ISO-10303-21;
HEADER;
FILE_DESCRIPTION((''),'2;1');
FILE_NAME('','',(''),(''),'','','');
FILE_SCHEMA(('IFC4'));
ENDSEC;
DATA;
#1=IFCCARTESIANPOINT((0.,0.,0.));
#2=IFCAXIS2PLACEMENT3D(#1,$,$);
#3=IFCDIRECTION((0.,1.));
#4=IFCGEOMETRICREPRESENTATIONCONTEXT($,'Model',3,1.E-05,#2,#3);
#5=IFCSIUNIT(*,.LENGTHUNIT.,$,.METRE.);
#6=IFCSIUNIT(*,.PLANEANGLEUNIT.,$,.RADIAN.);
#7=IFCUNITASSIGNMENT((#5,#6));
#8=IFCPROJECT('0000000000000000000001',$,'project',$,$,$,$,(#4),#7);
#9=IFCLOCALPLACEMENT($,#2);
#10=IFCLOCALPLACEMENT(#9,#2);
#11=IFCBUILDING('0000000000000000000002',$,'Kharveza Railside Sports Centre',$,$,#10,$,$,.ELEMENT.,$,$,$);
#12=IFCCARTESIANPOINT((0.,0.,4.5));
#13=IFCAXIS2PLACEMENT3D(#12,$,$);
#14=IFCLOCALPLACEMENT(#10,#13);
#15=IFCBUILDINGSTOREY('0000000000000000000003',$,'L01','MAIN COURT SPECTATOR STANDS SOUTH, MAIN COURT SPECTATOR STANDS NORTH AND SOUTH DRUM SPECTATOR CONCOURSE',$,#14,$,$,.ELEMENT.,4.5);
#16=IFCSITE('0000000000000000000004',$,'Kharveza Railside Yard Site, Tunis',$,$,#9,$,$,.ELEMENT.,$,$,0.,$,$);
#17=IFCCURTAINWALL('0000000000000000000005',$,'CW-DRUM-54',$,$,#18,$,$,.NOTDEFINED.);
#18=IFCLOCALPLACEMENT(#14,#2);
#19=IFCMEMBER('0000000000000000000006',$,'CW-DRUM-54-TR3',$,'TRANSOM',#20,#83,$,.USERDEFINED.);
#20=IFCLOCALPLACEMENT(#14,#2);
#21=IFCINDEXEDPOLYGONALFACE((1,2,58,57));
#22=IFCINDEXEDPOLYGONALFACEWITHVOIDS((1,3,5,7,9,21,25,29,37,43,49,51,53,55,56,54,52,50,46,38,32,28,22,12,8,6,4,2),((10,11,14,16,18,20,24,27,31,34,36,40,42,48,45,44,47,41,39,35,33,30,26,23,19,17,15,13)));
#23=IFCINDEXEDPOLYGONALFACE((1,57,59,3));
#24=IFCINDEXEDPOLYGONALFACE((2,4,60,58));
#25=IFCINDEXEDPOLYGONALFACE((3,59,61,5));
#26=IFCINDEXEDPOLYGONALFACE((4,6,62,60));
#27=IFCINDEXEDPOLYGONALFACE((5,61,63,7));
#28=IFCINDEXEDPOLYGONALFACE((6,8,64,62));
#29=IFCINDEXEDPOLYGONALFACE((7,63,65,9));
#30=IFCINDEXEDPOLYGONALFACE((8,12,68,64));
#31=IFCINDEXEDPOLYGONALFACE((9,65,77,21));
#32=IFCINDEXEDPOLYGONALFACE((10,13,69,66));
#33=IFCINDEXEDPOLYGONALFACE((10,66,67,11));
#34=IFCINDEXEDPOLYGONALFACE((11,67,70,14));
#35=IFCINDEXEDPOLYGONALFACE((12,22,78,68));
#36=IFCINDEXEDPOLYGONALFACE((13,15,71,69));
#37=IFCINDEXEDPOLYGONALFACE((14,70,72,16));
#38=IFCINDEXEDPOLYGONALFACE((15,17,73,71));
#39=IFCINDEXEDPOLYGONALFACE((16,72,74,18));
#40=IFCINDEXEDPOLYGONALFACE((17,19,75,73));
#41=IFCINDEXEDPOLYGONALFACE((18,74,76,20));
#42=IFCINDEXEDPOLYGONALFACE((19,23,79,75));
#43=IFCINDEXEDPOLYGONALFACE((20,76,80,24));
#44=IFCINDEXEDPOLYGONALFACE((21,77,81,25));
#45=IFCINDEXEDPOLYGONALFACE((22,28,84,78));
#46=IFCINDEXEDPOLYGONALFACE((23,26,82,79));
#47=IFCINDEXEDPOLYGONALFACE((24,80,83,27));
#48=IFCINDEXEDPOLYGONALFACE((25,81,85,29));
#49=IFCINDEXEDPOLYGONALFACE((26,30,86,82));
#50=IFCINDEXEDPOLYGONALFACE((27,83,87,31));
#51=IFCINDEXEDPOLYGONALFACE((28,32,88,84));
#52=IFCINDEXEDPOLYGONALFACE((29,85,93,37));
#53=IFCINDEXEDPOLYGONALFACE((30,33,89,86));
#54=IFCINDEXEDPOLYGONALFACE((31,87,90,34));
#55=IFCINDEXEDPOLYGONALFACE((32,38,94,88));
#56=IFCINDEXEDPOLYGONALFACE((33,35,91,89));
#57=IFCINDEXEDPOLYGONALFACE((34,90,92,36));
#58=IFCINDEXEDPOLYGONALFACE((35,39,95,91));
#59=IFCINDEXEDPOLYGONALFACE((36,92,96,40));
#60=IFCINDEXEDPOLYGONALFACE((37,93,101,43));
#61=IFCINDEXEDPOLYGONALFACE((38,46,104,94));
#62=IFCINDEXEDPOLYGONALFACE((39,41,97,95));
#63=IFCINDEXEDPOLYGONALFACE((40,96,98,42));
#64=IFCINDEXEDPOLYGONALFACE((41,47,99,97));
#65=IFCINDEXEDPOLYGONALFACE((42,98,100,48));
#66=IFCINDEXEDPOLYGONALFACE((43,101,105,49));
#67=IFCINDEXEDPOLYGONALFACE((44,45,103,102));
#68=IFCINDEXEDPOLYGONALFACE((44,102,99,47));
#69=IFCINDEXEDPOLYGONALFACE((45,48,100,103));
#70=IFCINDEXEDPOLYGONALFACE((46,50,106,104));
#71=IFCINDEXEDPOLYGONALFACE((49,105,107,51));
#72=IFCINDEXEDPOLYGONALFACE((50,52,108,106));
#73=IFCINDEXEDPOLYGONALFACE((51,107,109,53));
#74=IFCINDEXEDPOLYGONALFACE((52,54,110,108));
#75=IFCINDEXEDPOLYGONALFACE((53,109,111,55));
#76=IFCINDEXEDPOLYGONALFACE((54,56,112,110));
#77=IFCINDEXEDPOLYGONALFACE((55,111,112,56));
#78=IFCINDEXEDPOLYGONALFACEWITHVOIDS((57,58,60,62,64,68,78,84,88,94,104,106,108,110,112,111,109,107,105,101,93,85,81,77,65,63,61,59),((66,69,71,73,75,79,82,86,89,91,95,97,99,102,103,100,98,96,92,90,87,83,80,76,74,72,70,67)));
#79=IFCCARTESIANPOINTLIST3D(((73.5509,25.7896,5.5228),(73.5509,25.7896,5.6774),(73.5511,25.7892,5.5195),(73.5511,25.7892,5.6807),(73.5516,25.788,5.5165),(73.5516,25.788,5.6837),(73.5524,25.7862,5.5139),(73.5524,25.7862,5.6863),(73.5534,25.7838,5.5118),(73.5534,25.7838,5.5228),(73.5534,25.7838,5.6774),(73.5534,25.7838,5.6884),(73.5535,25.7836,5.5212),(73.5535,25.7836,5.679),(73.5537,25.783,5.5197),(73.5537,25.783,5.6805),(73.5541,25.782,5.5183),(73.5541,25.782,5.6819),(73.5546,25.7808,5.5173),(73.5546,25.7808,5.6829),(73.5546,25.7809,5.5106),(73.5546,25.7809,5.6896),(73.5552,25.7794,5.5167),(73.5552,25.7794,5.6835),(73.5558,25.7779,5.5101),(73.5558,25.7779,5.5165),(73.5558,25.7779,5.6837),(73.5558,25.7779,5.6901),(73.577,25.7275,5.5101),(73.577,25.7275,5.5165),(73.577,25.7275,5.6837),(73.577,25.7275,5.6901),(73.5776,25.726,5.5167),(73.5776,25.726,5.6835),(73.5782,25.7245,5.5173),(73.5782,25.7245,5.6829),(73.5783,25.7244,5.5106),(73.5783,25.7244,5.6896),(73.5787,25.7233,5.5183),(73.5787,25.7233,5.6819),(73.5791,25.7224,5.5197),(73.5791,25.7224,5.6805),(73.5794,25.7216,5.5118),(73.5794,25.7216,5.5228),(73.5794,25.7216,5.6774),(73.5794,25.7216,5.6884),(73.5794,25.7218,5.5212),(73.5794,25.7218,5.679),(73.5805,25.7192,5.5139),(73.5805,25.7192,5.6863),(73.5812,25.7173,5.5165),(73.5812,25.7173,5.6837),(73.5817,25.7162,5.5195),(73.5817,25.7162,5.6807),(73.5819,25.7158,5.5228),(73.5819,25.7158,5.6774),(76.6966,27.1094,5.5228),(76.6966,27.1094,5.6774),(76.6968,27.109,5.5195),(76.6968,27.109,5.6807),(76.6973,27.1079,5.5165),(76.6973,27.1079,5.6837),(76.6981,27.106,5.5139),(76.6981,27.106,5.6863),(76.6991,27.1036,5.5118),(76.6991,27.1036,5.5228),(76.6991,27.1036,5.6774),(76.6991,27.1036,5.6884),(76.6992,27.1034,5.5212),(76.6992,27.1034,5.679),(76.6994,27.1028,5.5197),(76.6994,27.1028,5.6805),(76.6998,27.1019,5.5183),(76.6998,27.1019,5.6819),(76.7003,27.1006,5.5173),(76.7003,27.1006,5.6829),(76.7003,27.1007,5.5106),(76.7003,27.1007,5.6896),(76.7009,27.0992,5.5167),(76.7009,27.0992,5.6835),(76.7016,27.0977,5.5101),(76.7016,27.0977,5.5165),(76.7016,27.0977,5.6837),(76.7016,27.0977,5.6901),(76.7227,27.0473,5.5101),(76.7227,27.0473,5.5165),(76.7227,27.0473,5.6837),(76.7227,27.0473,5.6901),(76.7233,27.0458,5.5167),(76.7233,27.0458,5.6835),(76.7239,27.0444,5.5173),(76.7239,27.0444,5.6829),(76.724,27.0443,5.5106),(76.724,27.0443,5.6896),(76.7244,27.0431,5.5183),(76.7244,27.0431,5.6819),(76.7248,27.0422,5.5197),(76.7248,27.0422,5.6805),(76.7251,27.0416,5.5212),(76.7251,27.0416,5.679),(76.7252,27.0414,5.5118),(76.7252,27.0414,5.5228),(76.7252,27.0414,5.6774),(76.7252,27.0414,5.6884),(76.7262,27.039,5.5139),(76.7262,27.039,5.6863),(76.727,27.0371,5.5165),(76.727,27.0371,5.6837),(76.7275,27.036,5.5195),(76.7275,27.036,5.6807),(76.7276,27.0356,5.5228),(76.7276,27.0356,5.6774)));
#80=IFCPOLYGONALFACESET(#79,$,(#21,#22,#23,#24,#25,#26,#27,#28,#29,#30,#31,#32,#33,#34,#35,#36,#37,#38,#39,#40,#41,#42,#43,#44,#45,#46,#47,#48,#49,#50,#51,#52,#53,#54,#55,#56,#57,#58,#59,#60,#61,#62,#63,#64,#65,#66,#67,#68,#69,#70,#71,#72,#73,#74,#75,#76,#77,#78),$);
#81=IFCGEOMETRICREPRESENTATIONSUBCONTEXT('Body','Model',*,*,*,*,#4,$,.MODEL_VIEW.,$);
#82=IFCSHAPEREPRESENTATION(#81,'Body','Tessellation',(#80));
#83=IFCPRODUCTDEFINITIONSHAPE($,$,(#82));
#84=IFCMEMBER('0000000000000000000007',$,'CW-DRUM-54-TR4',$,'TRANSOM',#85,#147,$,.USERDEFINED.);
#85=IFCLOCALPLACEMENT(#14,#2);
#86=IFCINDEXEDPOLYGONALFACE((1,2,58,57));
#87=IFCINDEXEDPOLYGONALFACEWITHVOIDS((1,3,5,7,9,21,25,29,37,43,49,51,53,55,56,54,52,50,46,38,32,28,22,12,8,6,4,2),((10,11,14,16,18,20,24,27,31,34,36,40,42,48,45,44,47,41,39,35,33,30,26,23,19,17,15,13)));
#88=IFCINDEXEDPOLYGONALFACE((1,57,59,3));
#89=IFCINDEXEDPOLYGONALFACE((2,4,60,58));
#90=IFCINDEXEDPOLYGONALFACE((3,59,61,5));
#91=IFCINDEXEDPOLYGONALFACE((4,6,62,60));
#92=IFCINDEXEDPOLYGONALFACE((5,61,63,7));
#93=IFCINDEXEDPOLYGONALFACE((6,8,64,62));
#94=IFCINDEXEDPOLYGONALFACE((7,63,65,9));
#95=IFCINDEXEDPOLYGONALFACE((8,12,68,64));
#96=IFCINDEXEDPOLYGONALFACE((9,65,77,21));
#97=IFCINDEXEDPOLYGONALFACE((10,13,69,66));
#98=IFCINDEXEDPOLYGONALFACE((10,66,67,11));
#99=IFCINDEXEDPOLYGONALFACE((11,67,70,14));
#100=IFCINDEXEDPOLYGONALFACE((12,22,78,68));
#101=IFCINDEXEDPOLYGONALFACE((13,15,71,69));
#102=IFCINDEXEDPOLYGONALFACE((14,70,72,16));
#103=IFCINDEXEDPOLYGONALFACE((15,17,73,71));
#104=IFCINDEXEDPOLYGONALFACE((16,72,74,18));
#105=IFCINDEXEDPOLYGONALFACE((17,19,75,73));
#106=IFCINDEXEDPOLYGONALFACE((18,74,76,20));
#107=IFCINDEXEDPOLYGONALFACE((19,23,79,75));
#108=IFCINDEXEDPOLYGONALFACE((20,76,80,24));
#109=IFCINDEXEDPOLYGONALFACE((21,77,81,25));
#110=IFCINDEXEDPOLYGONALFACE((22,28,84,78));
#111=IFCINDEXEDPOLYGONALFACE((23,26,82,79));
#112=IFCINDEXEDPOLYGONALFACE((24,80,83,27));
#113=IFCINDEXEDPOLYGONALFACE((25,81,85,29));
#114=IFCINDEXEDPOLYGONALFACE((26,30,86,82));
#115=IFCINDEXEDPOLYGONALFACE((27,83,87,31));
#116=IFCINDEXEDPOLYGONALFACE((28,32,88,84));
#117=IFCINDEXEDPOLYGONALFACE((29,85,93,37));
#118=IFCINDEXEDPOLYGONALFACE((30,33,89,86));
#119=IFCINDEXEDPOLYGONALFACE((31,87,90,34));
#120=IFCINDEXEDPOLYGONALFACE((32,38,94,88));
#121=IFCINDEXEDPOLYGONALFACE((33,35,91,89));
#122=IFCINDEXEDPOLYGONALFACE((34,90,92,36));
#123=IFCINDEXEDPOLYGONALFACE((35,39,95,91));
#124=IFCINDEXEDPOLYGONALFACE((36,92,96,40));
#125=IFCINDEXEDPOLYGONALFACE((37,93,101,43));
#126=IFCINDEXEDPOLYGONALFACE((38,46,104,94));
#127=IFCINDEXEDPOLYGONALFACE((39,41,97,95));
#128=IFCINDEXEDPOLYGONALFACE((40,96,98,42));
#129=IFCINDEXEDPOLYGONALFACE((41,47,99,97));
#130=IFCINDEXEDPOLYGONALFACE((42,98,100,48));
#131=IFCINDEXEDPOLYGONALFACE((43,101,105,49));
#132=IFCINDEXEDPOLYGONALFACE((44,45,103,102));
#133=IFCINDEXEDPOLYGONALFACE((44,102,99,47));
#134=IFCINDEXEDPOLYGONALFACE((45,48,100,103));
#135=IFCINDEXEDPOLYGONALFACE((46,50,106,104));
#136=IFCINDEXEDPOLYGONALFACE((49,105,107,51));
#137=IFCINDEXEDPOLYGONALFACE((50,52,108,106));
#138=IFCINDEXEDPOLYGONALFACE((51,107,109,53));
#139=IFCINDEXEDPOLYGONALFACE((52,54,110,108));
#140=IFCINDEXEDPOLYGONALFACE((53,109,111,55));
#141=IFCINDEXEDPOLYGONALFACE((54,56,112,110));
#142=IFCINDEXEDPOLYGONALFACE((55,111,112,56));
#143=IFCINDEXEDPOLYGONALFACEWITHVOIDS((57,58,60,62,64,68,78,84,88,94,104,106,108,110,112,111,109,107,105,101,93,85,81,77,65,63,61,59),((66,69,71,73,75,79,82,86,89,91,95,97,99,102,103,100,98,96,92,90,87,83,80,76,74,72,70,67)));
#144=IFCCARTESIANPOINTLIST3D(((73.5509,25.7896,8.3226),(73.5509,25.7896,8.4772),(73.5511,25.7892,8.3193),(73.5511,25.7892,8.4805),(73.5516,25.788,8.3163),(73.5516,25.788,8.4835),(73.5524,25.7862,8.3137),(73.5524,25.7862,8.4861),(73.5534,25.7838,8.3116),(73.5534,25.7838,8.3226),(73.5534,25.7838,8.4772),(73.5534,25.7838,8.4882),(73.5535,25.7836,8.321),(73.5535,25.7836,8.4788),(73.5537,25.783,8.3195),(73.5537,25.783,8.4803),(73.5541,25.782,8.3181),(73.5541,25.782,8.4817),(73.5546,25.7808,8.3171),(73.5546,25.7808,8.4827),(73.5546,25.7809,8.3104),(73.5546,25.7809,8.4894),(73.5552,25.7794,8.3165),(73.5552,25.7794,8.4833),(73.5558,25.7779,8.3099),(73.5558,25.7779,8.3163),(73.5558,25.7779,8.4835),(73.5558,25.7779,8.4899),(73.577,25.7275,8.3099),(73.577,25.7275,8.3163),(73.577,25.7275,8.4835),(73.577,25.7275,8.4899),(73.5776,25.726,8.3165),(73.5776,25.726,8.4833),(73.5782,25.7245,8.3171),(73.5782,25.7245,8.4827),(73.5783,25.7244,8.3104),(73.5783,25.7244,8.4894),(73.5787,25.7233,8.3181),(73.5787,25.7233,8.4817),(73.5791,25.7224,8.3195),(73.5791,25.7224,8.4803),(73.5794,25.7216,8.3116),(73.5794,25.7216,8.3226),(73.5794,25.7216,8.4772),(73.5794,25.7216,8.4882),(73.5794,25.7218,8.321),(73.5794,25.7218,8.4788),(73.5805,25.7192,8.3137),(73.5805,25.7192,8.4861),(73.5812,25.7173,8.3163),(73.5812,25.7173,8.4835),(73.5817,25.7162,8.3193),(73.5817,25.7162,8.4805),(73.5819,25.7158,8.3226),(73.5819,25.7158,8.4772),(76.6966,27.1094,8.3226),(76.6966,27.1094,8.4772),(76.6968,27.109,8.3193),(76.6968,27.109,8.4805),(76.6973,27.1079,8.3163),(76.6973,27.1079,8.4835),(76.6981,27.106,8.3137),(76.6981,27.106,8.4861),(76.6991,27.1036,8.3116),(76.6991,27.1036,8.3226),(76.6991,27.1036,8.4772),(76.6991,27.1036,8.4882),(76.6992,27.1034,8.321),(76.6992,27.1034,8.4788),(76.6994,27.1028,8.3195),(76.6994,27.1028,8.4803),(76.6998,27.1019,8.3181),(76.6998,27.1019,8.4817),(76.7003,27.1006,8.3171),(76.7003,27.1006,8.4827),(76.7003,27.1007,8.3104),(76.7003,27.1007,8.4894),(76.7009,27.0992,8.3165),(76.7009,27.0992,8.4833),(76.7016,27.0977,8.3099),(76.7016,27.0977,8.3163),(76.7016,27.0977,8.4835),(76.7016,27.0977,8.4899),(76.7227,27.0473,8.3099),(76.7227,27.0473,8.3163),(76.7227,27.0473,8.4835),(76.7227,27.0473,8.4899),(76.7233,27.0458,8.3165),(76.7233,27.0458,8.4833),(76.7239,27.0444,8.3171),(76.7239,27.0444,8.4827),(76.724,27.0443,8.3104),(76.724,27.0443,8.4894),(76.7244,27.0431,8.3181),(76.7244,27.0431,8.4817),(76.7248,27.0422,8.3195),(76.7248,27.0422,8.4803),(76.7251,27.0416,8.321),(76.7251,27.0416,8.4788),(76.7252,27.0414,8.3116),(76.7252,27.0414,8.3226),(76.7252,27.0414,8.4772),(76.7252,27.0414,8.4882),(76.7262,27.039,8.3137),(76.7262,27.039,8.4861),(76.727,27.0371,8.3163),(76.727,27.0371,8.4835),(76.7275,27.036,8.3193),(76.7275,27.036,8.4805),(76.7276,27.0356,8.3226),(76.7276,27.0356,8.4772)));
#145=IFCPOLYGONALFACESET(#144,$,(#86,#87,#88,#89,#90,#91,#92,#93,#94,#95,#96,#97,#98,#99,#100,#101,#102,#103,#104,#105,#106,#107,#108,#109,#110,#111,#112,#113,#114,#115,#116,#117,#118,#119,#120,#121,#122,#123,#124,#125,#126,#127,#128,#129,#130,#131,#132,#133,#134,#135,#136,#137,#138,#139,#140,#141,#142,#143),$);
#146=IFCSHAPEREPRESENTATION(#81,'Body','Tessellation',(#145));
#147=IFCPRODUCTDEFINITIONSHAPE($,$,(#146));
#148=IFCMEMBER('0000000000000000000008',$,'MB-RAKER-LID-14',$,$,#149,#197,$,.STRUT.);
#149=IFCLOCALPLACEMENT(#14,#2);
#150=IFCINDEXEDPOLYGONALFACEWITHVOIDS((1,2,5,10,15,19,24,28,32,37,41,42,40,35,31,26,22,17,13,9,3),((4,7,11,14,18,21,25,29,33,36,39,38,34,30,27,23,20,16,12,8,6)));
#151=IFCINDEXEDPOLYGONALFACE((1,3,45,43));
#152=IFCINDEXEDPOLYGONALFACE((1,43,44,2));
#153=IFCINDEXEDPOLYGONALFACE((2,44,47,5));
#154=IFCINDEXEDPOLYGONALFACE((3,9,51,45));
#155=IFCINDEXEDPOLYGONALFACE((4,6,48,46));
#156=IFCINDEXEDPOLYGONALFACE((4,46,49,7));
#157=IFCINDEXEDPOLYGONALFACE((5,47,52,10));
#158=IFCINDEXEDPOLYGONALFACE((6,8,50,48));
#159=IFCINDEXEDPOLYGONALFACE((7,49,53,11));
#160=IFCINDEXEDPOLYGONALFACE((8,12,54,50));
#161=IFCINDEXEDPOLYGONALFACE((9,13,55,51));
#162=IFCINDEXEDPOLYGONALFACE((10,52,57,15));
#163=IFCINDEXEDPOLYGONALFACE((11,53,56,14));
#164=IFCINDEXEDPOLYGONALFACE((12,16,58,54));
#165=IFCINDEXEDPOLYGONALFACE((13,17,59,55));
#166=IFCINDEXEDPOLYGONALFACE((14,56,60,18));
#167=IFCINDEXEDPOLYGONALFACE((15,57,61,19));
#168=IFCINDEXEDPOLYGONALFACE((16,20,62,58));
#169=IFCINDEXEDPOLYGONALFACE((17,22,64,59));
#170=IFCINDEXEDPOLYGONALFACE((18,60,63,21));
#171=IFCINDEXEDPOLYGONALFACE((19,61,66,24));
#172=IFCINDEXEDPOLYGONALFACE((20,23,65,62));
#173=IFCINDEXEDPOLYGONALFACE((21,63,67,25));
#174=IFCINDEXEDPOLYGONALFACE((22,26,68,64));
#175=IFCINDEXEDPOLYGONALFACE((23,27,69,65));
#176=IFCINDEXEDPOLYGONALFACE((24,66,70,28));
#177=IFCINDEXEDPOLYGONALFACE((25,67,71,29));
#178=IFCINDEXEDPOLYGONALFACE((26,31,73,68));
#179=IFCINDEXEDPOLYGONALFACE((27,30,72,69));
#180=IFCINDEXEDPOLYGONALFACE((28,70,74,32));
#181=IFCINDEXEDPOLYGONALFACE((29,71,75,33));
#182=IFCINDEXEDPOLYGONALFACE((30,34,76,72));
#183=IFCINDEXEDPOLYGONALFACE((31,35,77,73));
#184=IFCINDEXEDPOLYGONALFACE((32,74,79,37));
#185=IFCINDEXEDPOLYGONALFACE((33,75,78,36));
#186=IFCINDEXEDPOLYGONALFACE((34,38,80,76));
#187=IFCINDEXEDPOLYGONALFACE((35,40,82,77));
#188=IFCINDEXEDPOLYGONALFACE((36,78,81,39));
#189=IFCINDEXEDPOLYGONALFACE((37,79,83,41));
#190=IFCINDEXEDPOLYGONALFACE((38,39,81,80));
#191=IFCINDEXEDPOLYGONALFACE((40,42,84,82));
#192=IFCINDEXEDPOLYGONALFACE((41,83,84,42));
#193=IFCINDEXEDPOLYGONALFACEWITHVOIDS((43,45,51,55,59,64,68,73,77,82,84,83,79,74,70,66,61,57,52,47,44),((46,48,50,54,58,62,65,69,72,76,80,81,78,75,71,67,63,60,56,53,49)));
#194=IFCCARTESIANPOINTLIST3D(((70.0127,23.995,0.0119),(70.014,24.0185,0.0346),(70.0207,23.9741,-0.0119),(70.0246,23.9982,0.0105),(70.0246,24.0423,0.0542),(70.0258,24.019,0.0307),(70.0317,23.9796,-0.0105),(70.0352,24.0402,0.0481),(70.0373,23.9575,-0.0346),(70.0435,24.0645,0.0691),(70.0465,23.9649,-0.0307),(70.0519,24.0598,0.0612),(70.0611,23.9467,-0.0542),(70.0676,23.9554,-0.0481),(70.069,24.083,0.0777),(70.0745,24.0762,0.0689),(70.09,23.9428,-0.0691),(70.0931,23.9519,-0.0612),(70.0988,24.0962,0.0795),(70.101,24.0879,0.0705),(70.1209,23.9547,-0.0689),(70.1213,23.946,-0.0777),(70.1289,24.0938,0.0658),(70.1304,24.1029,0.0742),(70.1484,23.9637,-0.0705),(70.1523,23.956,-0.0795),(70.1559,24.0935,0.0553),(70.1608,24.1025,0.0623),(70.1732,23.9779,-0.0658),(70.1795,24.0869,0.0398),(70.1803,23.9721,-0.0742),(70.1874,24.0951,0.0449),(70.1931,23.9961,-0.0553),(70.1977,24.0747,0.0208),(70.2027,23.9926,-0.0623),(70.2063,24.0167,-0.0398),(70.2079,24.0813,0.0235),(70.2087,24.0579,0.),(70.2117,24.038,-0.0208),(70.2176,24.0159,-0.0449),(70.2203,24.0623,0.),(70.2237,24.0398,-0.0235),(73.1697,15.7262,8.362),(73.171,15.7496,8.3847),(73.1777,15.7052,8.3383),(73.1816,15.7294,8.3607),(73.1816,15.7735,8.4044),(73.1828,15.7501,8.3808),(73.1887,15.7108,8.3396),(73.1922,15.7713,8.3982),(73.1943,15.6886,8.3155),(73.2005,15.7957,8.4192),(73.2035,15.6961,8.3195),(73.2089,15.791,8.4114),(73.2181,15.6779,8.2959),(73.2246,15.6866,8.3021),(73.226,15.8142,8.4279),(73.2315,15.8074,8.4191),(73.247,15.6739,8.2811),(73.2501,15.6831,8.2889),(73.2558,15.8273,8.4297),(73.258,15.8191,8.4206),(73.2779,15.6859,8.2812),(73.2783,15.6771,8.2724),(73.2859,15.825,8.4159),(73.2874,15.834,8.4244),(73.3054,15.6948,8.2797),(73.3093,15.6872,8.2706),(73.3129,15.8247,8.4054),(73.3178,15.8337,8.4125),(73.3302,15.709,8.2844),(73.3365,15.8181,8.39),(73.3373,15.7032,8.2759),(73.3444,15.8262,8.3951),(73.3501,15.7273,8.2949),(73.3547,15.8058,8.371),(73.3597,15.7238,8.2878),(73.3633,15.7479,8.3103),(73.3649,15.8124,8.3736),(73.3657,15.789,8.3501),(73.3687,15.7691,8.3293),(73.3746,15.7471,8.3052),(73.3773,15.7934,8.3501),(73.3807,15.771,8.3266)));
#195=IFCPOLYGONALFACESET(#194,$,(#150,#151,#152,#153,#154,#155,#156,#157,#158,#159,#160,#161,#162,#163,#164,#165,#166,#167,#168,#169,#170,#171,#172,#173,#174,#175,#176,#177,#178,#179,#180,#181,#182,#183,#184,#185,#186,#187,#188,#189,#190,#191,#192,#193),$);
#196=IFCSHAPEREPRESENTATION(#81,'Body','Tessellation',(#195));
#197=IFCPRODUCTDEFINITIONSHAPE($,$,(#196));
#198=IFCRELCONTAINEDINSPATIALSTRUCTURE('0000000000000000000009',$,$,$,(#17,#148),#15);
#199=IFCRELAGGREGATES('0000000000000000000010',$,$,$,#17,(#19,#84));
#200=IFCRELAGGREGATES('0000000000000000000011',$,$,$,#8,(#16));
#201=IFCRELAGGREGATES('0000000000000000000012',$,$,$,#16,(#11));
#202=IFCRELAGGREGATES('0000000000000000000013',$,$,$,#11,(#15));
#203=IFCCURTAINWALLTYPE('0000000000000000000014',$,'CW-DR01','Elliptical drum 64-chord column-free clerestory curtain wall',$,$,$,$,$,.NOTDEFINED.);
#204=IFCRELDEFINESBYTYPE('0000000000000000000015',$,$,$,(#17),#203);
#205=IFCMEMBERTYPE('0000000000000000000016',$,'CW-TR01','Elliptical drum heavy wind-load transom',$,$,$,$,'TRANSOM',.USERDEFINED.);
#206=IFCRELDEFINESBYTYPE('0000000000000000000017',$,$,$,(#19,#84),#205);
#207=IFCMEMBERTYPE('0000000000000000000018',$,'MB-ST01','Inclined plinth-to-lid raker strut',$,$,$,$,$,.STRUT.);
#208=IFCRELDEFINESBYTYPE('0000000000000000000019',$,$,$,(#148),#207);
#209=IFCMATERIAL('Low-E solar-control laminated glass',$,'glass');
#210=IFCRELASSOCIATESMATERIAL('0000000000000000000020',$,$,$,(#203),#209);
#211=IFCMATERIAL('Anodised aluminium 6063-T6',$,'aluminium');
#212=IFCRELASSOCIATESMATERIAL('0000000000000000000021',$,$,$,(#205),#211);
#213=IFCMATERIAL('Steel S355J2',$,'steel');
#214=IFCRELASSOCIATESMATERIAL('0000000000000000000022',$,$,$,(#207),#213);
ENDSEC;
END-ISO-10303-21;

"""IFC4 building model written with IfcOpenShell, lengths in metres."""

from ifc_helpers import new_model, si_unit, direction, frame, origin, origin_2d, place, context, subcontext, project, spatial, hollow_rectangle, hollow_circle, extrude, material, material_profile, profile_set, type_object, element, aggregate, save


model = new_model("IFC4")

# Units and contexts
model_context = context("Model", 3, precision=1e-05, world=origin(), true_north=direction((0.0, 1.0)))
body_context = subcontext(model_context, "Body", "Model", "MODEL_VIEW")
ifc_project = project(units=[si_unit("LENGTHUNIT", "METRE"), si_unit("PLANEANGLEUNIT", "RADIAN")], contexts=[model_context])

# Site, building, storey
site_placement = place(None, origin())
site = spatial("IfcSite", under=ifc_project, at=site_placement, Name="Kharveza Railside Yard Site, Tunis", CompositionType="ELEMENT", RefElevation=0.0)
building_placement = place(site_placement, origin())
building = spatial("IfcBuilding", under=site, at=building_placement, Name="Kharveza Railside Sports Centre", CompositionType="ELEMENT")
storey_placement = place(building_placement, frame((0.0, 0.0, 4.5)))
storey = spatial("IfcBuildingStorey", under=building, at=storey_placement, Name="L01", Description="MAIN COURT SPECTATOR STANDS SOUTH, MAIN COURT SPECTATOR STANDS NORTH AND SOUTH DRUM SPECTATOR CONCOURSE", CompositionType="ELEMENT", Elevation=4.5)

# Shared definitions
ifc_material_1 = material(Name="Steel S355J2", Category="steel")

# Curtain wall
ifc_material_2 = material(Name="Low-E solar-control laminated glass", Category="glass")
curtain_wall_type = type_object("IfcCurtainWallType", Name="CW-DR01", Description="Elliptical drum 64-chord column-free clerestory curtain wall", PredefinedType="NOTDEFINED", material=ifc_material_2)
ifc_material_3 = material(Name="Anodised aluminium 6063-T6", Category="aluminium")
curtain_wall_1_placement = place(storey_placement, origin())
curtain_wall_1 = element("IfcCurtainWall", 1, at=curtain_wall_1_placement, inside=storey, type_object=curtain_wall_type, Name="CW-DRUM-54", PredefinedType="NOTDEFINED")

# Members
ifc_material_profile_1 = material_profile(ifc_material_3, hollow_rectangle(XDim=0.0801, YDim=0.1799, WallThickness=0.0063, InnerFilletRadius=0.0063, OuterFilletRadius=0.0127, at=origin_2d()), Name="RHS 80x180x6.3")
ifc_profile_set_1 = profile_set([ifc_material_profile_1], Name="Anodised aluminium 6063-T6")
member_type_1 = type_object("IfcMemberType", Name="CW-TR01", Description="Elliptical drum heavy wind-load transom", ElementType="TRANSOM", PredefinedType="USERDEFINED", material=ifc_profile_set_1)
member_1_placement = place(storey_placement, frame((73.5664, 25.7527, 5.6001), z_axis=(0.922128, 0.386886, 0.0), x_axis=(-0.386886, 0.922128, 0.0)))
member_1 = element("IfcMember", 2, at=member_1_placement, type_object=member_type_1, Name="CW-DRUM-54-TR3", ObjectType="TRANSOM", PredefinedType="USERDEFINED", context=body_context, shape_type="SweptSolid", body=[
    extrude(hollow_rectangle(XDim=0.0801, YDim=0.1799, WallThickness=0.0063, InnerFilletRadius=0.0063, OuterFilletRadius=0.0127, at=origin_2d()), origin(), (0.0, 0.0, 1.0), 3.4114),
])
member_2_placement = place(storey_placement, frame((73.5664, 25.7527, 8.3999), z_axis=(0.922128, 0.386886, 0.0), x_axis=(-0.386886, 0.922128, 0.0)))
member_2 = element("IfcMember", 3, at=member_2_placement, type_object=member_type_1, Name="CW-DRUM-54-TR4", ObjectType="TRANSOM", PredefinedType="USERDEFINED", context=body_context, shape_type="SweptSolid", body=[
    extrude(hollow_rectangle(XDim=0.0801, YDim=0.1799, WallThickness=0.0063, InnerFilletRadius=0.0063, OuterFilletRadius=0.0127, at=origin_2d()), origin(), (0.0, 0.0, 1.0), 3.4114),
])
ifc_material_profile_2 = material_profile(ifc_material_1, hollow_circle(Radius=0.1096, WallThickness=0.0125, at=origin_2d()), Name="CHS 219.1x12.5")
ifc_profile_set_2 = profile_set([ifc_material_profile_2], Name="Steel S355J2")
member_type_2 = type_object("IfcMemberType", Name="MB-ST01", Description="Inclined plinth-to-lid raker strut", PredefinedType="STRUT", material=ifc_profile_set_2)
member_3_placement = place(storey_placement, frame((70.1179, 24.0232, 0.0), z_axis=(0.259447, -0.679545, 0.686226), x_axis=(0.934226, 0.356682, 0.0)))
element("IfcMember", 4, at=member_3_placement, inside=storey, type_object=member_type_2, Name="MB-RAKER-LID-14", PredefinedType="STRUT", context=body_context, shape_type="SweptSolid", body=[
    extrude(hollow_circle(Radius=0.1096, WallThickness=0.0125, at=origin_2d()), origin(), (0.0, 0.0, 1.0), 12.1682),
])

aggregate(curtain_wall_1, [member_1, member_2])

save(model, "model.ifc")
